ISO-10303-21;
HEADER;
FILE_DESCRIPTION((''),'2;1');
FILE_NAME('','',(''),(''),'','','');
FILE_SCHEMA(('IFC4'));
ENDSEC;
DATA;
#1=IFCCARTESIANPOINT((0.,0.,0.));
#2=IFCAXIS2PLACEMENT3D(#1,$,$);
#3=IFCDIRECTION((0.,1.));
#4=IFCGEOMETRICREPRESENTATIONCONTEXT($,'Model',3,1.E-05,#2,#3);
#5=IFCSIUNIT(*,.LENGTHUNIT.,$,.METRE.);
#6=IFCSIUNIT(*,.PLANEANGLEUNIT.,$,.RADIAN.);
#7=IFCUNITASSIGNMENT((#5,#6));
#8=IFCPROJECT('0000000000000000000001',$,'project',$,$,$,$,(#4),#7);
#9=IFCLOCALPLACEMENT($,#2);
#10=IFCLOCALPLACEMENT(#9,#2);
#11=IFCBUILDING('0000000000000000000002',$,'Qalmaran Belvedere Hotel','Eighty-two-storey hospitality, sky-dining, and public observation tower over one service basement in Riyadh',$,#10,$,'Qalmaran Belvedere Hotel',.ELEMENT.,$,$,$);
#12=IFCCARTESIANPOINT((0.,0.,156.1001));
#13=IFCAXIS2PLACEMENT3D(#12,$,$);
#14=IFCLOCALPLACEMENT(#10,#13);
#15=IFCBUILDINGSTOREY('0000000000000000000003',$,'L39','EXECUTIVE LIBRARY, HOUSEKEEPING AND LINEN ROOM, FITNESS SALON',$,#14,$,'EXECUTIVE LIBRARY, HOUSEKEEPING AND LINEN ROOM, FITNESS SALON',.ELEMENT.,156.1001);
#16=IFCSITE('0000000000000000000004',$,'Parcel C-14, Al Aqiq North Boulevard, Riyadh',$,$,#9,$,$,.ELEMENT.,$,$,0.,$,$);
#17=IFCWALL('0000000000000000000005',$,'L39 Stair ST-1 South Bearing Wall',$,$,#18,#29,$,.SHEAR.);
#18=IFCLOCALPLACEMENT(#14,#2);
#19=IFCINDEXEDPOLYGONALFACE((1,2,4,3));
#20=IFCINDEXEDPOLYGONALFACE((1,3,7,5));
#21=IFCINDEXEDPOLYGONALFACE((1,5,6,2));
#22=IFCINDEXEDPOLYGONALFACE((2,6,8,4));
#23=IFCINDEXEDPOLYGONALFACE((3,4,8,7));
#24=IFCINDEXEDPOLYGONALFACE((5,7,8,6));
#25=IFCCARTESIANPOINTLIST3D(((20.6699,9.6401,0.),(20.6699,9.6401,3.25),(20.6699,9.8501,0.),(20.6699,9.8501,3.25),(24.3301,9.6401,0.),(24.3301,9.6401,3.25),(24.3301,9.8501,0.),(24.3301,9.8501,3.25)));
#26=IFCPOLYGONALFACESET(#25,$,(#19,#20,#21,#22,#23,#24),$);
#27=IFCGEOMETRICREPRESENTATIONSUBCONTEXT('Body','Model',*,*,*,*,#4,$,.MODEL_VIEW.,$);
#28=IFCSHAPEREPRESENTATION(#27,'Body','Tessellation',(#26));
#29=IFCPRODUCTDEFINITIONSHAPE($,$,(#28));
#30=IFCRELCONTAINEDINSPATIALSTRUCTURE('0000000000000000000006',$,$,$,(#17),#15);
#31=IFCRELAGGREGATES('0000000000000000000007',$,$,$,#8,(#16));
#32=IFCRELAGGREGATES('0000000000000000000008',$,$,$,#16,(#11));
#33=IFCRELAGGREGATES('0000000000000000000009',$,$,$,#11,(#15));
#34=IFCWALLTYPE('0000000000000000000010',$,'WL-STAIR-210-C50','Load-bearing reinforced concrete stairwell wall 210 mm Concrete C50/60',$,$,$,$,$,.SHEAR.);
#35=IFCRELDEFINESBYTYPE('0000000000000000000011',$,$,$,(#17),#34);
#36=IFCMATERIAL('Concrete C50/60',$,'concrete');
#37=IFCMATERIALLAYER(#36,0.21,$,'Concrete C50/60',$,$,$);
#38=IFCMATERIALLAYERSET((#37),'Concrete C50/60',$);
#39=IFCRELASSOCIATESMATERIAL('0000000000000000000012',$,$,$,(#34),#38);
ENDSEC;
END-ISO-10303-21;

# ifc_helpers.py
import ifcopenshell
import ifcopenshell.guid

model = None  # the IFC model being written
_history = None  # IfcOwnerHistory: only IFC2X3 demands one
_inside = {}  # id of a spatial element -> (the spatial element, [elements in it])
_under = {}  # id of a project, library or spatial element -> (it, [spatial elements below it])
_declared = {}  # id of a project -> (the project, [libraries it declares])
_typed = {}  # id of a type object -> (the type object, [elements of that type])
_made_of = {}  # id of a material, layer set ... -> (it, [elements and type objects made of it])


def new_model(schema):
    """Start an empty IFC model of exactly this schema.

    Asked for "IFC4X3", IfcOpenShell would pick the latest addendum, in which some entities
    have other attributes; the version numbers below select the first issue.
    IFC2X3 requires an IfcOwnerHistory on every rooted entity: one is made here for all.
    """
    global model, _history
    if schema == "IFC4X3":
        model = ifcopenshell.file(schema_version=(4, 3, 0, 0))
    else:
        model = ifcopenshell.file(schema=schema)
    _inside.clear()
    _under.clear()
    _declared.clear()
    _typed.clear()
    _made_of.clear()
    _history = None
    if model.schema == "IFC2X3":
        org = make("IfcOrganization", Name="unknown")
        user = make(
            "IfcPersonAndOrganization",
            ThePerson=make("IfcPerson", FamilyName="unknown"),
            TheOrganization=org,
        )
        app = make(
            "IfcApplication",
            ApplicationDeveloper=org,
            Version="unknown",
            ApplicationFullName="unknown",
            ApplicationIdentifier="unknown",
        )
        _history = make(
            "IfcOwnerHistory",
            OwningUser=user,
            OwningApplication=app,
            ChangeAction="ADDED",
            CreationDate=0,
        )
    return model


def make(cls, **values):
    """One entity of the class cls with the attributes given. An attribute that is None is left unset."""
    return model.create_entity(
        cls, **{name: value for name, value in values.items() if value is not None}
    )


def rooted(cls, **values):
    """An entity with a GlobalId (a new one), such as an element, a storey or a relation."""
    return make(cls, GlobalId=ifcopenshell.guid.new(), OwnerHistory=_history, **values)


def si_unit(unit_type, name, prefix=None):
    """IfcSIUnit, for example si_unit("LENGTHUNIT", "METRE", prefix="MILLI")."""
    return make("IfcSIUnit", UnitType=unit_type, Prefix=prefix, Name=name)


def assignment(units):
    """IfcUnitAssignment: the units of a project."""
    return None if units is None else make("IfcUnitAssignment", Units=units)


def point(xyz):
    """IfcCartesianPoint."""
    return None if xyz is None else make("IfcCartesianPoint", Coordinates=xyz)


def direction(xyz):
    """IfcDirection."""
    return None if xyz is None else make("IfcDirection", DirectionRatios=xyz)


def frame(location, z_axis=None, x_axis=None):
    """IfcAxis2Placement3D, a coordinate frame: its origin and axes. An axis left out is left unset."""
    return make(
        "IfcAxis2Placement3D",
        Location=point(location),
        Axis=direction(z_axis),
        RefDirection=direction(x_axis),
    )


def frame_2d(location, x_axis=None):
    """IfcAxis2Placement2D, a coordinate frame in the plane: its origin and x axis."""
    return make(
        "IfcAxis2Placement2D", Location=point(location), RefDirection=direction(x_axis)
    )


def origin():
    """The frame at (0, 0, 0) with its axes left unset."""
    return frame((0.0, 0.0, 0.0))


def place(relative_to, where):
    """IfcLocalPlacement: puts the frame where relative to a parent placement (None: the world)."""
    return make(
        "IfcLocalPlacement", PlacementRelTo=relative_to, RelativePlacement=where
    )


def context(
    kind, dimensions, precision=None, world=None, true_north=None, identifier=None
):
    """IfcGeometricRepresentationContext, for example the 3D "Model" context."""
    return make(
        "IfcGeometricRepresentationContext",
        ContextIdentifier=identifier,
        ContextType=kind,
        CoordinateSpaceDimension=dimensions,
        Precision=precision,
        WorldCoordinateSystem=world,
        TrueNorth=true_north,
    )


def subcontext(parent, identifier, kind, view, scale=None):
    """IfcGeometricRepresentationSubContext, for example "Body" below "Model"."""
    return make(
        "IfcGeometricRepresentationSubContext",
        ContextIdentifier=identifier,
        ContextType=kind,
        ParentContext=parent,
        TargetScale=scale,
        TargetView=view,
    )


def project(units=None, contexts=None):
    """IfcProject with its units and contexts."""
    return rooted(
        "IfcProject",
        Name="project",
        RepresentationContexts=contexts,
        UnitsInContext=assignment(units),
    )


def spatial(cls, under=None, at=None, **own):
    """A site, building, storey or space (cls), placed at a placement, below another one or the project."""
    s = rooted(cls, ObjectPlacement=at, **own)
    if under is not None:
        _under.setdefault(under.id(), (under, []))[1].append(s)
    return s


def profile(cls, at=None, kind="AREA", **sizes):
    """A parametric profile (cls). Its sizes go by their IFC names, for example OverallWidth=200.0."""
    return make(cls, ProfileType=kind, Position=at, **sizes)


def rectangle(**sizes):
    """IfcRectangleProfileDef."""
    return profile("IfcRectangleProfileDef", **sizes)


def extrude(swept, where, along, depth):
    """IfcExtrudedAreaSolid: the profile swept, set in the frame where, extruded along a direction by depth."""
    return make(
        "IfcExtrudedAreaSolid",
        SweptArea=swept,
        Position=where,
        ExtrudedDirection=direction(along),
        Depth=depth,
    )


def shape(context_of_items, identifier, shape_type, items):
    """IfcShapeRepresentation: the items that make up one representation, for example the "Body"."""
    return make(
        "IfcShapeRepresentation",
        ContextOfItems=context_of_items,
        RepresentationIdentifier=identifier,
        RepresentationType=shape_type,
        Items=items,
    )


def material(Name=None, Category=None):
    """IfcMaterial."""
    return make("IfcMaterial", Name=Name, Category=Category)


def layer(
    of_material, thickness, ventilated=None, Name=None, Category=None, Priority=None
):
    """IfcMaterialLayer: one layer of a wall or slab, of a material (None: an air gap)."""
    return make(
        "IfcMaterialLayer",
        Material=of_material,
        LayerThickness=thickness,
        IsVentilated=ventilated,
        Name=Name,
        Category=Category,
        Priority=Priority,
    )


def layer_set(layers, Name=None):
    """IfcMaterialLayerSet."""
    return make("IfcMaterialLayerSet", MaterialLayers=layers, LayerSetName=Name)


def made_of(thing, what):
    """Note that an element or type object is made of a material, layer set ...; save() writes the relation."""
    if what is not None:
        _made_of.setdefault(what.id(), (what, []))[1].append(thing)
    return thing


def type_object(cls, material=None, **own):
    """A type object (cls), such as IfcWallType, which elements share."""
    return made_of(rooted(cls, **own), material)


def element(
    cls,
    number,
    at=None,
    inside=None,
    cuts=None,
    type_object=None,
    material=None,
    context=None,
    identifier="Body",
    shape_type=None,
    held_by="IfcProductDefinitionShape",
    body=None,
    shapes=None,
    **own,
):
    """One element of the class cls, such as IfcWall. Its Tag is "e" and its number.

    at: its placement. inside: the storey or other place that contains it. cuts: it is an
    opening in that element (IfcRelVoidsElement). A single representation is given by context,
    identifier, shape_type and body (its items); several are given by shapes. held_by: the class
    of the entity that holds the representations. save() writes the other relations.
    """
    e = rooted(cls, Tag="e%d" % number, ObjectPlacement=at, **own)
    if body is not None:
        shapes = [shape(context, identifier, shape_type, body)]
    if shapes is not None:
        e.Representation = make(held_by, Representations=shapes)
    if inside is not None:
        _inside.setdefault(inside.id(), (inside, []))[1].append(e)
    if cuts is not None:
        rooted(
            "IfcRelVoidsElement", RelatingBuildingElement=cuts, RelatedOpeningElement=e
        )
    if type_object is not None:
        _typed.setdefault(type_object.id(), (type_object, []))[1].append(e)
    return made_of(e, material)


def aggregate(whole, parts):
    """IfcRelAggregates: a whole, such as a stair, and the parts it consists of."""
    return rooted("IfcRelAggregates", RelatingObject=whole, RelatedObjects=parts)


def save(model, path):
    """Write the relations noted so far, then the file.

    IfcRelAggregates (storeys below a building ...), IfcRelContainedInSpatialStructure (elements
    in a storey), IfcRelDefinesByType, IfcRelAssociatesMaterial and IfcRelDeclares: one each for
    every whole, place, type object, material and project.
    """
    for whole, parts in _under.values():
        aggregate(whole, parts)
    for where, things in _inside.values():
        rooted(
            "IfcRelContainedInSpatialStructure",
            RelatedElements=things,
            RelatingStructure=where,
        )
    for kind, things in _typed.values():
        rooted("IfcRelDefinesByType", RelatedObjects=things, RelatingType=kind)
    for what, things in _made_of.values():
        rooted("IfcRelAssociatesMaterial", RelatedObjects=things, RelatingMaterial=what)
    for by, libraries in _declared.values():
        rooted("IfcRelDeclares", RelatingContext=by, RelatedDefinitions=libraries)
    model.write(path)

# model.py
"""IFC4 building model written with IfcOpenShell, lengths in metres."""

from ifc_helpers import new_model, si_unit, direction, frame, frame_2d, origin, place, context, subcontext, project, spatial, rectangle, extrude, material, layer, layer_set, type_object, element, save


model = new_model("IFC4")

# Units and contexts
model_context = context("Model", 3, precision=1e-05, world=origin(), true_north=direction((0.0, 1.0)))
body_context = subcontext(model_context, "Body", "Model", "MODEL_VIEW")
ifc_project = project(units=[si_unit("LENGTHUNIT", "METRE"), si_unit("PLANEANGLEUNIT", "RADIAN")], contexts=[model_context])

# Site, building, storey
site_placement = place(None, origin())
site = spatial("IfcSite", under=ifc_project, at=site_placement, Name="Parcel C-14, Al Aqiq North Boulevard, Riyadh", CompositionType="ELEMENT", RefElevation=0.0)
building_placement = place(site_placement, origin())
building = spatial("IfcBuilding", under=site, at=building_placement, Name="Qalmaran Belvedere Hotel", Description="Eighty-two-storey hospitality, sky-dining, and public observation tower over one service basement in Riyadh", LongName="Qalmaran Belvedere Hotel", CompositionType="ELEMENT")
storey_placement = place(building_placement, frame((0.0, 0.0, 156.1001)))
storey = spatial("IfcBuildingStorey", under=building, at=storey_placement, Name="L39", Description="EXECUTIVE LIBRARY, HOUSEKEEPING AND LINEN ROOM, FITNESS SALON", LongName="EXECUTIVE LIBRARY, HOUSEKEEPING AND LINEN ROOM, FITNESS SALON", CompositionType="ELEMENT", Elevation=156.1001)

# Shared definitions
ifc_material_1 = material(Name="Concrete C50/60", Category="concrete")

# Wall
ifc_layer_1 = layer(ifc_material_1, 0.21, Name="Concrete C50/60")
ifc_layer_set_1 = layer_set([ifc_layer_1], Name="Concrete C50/60")
wall_type_1 = type_object("IfcWallType", Name="WL-STAIR-210-C50", Description="Load-bearing reinforced concrete stairwell wall 210 mm Concrete C50/60", PredefinedType="SHEAR", material=ifc_layer_set_1)
wall_1_placement = place(storey_placement, frame((20.6699, 9.7451, 0.0), z_axis=(0.0, 0.0, 1.0), x_axis=(1.0, 0.0, 0.0)))
element("IfcWall", 1, at=wall_1_placement, inside=storey, type_object=wall_type_1, Name="L39 Stair ST-1 South Bearing Wall", PredefinedType="SHEAR", context=body_context, shape_type="SweptSolid", body=[
    extrude(rectangle(XDim=3.6602, YDim=0.21, at=frame_2d((1.8301, 0.0))), origin(), (0.0, 0.0, 1.0), 3.25),
])

save(model, "model.ifc")
